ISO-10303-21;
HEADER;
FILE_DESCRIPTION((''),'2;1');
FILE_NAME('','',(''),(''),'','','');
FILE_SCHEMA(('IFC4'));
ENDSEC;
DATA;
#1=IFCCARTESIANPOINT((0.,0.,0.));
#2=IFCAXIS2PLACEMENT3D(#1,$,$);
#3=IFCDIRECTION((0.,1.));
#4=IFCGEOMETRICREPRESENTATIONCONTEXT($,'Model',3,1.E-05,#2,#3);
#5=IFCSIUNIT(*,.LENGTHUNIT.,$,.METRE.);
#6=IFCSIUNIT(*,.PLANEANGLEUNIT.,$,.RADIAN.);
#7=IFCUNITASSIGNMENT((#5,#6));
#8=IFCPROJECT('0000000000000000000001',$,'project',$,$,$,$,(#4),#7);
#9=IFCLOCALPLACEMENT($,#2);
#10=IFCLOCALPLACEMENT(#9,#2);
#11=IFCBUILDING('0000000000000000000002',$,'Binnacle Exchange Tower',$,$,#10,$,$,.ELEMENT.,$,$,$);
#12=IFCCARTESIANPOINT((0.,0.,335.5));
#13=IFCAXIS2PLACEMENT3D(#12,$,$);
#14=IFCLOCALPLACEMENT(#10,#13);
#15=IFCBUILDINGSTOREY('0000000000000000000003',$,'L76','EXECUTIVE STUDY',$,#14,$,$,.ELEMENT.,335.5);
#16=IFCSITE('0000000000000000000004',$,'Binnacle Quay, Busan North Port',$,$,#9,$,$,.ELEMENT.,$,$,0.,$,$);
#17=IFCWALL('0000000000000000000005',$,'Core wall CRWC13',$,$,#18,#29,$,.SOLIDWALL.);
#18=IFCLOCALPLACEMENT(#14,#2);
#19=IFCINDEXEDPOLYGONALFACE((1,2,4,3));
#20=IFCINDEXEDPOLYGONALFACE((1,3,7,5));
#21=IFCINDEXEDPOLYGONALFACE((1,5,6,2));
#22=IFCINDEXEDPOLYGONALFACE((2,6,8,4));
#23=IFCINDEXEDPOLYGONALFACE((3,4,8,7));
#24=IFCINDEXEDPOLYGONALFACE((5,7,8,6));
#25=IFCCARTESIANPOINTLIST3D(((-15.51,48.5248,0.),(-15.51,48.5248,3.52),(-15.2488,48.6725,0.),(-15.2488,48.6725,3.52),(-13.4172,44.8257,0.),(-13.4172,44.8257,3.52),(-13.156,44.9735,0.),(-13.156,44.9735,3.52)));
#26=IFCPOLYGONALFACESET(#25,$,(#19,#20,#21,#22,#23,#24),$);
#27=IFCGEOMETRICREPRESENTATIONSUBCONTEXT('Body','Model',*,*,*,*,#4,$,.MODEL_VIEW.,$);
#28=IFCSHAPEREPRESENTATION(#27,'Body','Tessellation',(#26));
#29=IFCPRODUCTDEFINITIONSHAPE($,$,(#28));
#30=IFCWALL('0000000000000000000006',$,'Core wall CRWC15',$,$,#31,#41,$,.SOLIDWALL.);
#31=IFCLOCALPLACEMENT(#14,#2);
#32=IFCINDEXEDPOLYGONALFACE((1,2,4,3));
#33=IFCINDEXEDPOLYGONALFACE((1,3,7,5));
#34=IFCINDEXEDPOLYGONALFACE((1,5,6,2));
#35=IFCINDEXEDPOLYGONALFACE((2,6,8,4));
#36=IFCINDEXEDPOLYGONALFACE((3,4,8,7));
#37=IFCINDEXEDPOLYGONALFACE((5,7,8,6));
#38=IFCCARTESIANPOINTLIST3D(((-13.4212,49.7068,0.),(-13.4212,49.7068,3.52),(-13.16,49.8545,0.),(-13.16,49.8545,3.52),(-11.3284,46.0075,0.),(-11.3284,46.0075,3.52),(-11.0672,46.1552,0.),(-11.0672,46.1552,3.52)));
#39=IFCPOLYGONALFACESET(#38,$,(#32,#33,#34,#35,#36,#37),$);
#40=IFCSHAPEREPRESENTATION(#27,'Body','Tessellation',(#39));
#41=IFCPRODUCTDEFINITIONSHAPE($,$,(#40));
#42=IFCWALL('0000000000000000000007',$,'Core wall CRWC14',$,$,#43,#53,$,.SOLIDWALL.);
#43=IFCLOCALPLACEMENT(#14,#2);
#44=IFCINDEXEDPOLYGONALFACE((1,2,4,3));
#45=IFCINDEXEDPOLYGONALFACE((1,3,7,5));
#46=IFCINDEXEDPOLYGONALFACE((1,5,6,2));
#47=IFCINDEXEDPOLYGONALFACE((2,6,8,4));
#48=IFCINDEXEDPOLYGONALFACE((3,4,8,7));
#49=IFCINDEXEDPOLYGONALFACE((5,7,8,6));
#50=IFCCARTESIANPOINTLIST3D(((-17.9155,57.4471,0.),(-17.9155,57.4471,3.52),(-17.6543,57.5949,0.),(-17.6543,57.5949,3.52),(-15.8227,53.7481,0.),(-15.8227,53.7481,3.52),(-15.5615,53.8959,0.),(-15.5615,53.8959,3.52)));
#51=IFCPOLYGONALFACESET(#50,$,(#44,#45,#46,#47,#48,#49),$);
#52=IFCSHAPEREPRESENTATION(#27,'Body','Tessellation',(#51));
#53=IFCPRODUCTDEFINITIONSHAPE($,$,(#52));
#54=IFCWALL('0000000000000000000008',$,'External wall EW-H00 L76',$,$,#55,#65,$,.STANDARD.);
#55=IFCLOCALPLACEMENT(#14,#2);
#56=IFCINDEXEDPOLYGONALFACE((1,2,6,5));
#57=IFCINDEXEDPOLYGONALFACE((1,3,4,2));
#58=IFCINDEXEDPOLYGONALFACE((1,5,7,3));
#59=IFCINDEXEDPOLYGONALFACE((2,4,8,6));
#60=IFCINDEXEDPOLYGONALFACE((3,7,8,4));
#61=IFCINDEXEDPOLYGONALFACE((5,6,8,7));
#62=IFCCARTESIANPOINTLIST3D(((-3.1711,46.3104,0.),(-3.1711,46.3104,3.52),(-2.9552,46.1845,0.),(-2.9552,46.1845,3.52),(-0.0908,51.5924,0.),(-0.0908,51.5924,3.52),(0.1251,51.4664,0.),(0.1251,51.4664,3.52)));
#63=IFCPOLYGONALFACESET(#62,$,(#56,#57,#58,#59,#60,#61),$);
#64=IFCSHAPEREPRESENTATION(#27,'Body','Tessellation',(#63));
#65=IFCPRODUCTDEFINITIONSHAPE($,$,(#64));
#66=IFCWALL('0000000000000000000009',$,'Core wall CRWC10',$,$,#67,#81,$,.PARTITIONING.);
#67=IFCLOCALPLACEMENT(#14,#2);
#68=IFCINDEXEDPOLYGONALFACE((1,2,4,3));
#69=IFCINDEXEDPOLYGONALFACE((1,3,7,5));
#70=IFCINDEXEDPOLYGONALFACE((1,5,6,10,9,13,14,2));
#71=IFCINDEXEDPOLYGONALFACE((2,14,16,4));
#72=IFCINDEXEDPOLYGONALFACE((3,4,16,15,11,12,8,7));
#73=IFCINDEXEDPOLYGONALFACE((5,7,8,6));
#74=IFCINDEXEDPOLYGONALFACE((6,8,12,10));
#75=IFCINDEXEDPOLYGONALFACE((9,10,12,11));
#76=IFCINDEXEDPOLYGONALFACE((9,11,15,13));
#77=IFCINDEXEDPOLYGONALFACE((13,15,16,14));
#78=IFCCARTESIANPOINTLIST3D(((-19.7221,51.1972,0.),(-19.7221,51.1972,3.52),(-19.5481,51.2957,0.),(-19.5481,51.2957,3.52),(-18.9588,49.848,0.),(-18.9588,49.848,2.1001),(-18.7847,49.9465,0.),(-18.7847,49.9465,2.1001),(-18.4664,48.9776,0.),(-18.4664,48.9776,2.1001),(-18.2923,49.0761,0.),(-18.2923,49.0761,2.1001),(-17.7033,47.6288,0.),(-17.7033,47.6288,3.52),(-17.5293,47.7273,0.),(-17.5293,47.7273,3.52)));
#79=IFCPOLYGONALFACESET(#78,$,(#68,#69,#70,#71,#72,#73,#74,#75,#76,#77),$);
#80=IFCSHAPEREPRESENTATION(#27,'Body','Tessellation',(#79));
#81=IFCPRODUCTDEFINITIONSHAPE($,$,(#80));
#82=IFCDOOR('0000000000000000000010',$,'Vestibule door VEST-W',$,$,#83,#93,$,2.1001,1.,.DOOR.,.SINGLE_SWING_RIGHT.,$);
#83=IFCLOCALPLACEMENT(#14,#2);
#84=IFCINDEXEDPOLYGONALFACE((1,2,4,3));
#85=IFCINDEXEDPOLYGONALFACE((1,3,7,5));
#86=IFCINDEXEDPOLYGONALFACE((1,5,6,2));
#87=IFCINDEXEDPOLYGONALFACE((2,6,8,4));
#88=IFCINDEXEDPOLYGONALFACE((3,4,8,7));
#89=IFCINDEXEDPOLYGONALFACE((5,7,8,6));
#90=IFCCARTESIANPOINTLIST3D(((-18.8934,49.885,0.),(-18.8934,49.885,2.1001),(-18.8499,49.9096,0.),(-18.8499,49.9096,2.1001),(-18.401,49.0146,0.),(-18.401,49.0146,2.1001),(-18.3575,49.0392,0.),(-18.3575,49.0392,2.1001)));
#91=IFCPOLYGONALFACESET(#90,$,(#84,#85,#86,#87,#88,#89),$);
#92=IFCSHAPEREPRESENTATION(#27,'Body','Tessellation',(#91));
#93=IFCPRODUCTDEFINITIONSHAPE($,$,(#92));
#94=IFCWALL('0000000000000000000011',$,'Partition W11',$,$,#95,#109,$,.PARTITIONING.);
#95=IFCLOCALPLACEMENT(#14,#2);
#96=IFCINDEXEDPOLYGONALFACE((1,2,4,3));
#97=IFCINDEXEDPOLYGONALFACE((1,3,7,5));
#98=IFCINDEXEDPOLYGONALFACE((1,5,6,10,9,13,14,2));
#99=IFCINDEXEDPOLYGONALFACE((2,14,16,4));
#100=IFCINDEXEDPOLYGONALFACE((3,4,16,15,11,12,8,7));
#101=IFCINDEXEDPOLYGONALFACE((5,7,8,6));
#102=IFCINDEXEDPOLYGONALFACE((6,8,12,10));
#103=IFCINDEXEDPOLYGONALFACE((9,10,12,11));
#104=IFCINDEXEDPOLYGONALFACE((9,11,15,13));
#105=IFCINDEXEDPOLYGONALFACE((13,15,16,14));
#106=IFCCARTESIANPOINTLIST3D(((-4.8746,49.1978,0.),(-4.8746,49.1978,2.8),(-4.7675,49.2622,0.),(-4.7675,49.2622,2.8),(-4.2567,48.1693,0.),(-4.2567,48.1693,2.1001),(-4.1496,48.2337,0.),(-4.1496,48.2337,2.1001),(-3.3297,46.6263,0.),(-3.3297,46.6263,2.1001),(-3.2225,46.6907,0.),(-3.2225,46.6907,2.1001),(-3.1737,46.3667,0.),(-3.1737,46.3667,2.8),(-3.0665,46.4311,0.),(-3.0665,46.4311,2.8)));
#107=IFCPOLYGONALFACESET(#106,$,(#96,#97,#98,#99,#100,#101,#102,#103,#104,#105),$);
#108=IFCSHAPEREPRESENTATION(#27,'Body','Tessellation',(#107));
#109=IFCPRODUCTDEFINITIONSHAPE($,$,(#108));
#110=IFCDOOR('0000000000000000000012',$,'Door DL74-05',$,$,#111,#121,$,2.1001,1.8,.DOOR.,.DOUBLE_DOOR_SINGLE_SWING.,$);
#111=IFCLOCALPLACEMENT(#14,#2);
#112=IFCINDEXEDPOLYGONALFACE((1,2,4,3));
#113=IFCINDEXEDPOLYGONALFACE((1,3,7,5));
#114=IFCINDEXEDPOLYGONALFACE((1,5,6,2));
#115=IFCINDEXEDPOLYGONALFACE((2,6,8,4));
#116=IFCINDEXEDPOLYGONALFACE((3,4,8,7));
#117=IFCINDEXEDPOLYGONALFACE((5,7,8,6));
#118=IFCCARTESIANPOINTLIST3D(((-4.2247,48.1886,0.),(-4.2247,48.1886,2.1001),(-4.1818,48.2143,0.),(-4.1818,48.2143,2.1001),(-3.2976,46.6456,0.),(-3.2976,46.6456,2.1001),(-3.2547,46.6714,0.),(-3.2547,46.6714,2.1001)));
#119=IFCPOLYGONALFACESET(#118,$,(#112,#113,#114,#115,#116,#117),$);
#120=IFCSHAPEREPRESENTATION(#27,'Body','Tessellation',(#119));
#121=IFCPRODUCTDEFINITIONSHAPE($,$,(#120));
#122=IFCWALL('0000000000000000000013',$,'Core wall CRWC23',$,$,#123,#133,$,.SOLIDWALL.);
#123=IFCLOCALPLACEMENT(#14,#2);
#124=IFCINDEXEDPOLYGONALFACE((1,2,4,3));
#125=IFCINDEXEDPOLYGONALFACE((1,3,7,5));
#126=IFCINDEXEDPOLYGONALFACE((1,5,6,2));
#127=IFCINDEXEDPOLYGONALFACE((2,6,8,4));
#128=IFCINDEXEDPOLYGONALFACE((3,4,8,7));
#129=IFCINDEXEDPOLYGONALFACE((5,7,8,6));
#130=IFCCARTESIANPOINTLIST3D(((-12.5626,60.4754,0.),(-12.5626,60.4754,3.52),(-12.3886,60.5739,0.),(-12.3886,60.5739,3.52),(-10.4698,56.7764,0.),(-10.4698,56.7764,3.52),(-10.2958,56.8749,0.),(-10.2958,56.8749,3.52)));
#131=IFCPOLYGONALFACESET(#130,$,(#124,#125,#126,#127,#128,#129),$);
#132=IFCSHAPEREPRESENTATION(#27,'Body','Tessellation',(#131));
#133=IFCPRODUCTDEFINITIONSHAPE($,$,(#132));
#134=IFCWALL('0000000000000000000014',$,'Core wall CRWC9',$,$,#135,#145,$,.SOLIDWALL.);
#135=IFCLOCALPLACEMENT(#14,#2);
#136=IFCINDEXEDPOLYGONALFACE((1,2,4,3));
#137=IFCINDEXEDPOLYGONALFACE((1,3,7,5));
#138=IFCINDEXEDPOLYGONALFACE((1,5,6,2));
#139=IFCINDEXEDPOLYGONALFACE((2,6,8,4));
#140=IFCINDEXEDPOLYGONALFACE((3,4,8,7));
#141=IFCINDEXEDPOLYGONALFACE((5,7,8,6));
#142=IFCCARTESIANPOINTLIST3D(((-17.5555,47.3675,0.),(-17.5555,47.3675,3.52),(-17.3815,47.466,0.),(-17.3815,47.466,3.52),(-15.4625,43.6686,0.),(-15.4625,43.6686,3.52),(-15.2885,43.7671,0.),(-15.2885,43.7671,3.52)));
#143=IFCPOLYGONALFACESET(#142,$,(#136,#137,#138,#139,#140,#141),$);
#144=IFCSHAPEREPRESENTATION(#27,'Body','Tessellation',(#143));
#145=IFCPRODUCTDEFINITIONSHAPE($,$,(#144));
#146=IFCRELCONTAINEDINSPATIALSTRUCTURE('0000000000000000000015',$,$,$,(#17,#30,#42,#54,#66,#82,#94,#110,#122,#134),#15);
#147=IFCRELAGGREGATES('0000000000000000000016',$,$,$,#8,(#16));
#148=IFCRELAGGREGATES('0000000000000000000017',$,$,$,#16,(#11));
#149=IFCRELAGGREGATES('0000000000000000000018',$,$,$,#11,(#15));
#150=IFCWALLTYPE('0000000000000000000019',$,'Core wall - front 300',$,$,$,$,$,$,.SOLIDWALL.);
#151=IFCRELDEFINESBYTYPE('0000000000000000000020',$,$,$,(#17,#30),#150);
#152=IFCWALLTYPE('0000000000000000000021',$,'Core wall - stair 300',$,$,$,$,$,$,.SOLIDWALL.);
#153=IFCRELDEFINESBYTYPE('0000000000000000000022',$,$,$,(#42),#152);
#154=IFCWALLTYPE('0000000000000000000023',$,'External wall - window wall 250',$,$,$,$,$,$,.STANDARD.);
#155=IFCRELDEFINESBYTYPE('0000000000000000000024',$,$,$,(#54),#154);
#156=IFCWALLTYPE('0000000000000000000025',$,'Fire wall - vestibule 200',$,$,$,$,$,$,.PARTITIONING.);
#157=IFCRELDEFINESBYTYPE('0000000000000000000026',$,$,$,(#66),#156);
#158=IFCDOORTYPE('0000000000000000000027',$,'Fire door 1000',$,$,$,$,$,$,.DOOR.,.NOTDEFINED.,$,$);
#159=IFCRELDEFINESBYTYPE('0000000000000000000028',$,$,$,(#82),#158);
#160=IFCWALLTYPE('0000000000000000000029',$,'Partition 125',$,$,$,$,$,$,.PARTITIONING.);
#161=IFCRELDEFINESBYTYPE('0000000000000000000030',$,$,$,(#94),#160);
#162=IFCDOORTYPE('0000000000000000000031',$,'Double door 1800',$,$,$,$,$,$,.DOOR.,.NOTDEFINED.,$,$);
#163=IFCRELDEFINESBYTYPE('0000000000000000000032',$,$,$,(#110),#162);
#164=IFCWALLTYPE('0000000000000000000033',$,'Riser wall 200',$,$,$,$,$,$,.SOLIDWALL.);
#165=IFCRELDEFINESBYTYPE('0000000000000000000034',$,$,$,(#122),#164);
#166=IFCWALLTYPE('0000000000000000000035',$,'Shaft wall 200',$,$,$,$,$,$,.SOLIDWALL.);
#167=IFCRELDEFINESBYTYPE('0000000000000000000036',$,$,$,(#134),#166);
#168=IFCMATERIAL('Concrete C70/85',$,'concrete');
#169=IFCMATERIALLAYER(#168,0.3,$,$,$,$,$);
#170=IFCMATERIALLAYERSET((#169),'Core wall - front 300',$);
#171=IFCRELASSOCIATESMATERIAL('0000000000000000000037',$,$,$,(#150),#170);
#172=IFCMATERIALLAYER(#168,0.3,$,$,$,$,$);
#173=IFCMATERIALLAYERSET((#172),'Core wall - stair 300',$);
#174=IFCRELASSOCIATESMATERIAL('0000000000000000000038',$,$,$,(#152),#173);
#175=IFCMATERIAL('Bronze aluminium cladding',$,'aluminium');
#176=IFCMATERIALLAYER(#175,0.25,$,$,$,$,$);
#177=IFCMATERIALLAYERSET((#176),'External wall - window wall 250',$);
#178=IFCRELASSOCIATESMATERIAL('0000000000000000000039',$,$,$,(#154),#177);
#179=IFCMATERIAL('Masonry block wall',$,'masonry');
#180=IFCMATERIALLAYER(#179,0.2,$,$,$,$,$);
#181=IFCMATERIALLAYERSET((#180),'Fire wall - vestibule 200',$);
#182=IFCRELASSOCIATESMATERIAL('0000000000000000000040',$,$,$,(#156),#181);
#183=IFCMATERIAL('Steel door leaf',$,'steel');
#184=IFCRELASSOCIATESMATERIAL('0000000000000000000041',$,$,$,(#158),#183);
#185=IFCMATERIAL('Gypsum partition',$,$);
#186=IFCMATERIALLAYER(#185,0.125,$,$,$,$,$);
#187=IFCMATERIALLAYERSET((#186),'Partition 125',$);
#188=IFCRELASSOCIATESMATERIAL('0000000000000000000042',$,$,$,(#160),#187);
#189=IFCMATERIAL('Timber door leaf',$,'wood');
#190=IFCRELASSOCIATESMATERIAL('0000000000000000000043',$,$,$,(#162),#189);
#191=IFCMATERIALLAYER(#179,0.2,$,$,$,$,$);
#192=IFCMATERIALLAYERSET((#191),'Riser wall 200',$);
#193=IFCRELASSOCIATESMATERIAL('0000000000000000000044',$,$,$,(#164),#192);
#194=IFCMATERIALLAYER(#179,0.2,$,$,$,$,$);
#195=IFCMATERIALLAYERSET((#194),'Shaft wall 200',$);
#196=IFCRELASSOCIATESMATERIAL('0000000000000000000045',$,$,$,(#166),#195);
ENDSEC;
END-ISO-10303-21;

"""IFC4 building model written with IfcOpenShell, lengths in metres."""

from ifc_helpers import new_model, si_unit, direction, frame, frame_2d, origin, place, context, subcontext, project, spatial, rectangle, extrude, material, layer, layer_set, type_object, element, fill, save


model = new_model("IFC4")

# Units and contexts
model_context = context("Model", 3, precision=1e-05, world=origin(), true_north=direction((0.0, 1.0)))
body_context = subcontext(model_context, "Body", "Model", "MODEL_VIEW")
ifc_project = project(units=[si_unit("LENGTHUNIT", "METRE"), si_unit("PLANEANGLEUNIT", "RADIAN")], contexts=[model_context])

# Site, building, storey
site_placement = place(None, origin())
site = spatial("IfcSite", under=ifc_project, at=site_placement, Name="Binnacle Quay, Busan North Port", CompositionType="ELEMENT", RefElevation=0.0)
building_placement = place(site_placement, origin())
building = spatial("IfcBuilding", under=site, at=building_placement, Name="Binnacle Exchange Tower", CompositionType="ELEMENT")
storey_placement = place(building_placement, frame((0.0, 0.0, 335.5)))
storey = spatial("IfcBuildingStorey", under=building, at=storey_placement, Name="L76", Description="EXECUTIVE STUDY", CompositionType="ELEMENT", Elevation=335.5)

# Shared definitions
ifc_material_1 = material(Name="Concrete C70/85", Category="concrete")
ifc_layer_1 = layer(ifc_material_1, 0.3)
ifc_layer_set_1 = layer_set([ifc_layer_1], Name="Core wall - front 300")
wall_type_1 = type_object("IfcWallType", Name="Core wall - front 300", PredefinedType="SOLIDWALL", material=ifc_layer_set_1)
ifc_material_2 = material(Name="Steel door leaf", Category="steel")

# Walls
wall_1_placement = place(storey_placement, frame((-15.3794, 48.5986, 0.0), z_axis=(0.0, 0.0, 1.0), x_axis=(0.492423, -0.870356, 0.0)))
element("IfcWall", 1, at=wall_1_placement, inside=storey, type_object=wall_type_1, Name="Core wall CRWC13", PredefinedType="SOLIDWALL", context=body_context, shape_type="SweptSolid", body=[
    extrude(rectangle(XDim=4.25, YDim=0.3, at=frame_2d((2.125, 0.0))), origin(), (0.0, 0.0, 1.0), 3.52),
])
wall_2_placement = place(storey_placement, frame((-13.2905, 49.7805, 0.0), z_axis=(0.0, 0.0, 1.0), x_axis=(0.492398, -0.87037, 0.0)))
element("IfcWall", 2, at=wall_2_placement, inside=storey, type_object=wall_type_1, Name="Core wall CRWC15", PredefinedType="SOLIDWALL", context=body_context, shape_type="SweptSolid", body=[
    extrude(rectangle(XDim=4.2502, YDim=0.3, at=frame_2d((2.125, 0.0))), origin(), (0.0, 0.0, 1.0), 3.52),
])
ifc_layer_2 = layer(ifc_material_1, 0.3)
ifc_layer_set_2 = layer_set([ifc_layer_2], Name="Core wall - stair 300")
wall_type_2 = type_object("IfcWallType", Name="Core wall - stair 300", PredefinedType="SOLIDWALL", material=ifc_layer_set_2)
wall_3_placement = place(storey_placement, frame((-17.7849, 57.521, 0.0), z_axis=(0.0, 0.0, 1.0), x_axis=(0.492423, -0.870356, 0.0)))
element("IfcWall", 3, at=wall_3_placement, inside=storey, type_object=wall_type_2, Name="Core wall CRWC14", PredefinedType="SOLIDWALL", context=body_context, shape_type="SweptSolid", body=[
    extrude(rectangle(XDim=4.25, YDim=0.3, at=frame_2d((2.125, 0.0))), origin(), (0.0, 0.0, 1.0), 3.52),
])
ifc_material_3 = material(Name="Bronze aluminium cladding", Category="aluminium")
ifc_layer_3 = layer(ifc_material_3, 0.25)
ifc_layer_set_3 = layer_set([ifc_layer_3], Name="External wall - window wall 250")
wall_type_3 = type_object("IfcWallType", Name="External wall - window wall 250", PredefinedType="STANDARD", material=ifc_layer_set_3)
wall_4_placement = place(storey_placement, frame((0.0171, 51.5293, 0.0), z_axis=(0.0, 0.0, 1.0), x_axis=(-0.503769, -0.863838, 0.0)))
element("IfcWall", 4, at=wall_4_placement, inside=storey, type_object=wall_type_3, Name="External wall EW-H00 L76", PredefinedType="STANDARD", context=body_context, shape_type="SweptSolid", body=[
    extrude(rectangle(XDim=6.1145, YDim=0.25, at=frame_2d((3.0571, 0.0))), origin(), (0.0, 0.0, 1.0), 3.52),
])

# Walls, openings, doors
ifc_material_4 = material(Name="Masonry block wall", Category="masonry")
ifc_layer_4 = layer(ifc_material_4, 0.2)
ifc_layer_set_4 = layer_set([ifc_layer_4], Name="Fire wall - vestibule 200")
wall_type_4 = type_object("IfcWallType", Name="Fire wall - vestibule 200", PredefinedType="PARTITIONING", material=ifc_layer_set_4)
wall_5_placement = place(storey_placement, frame((-19.635, 51.2463, 0.0), z_axis=(0.0, 0.0, 1.0), x_axis=(0.492408, -0.870364, 0.0)))
wall_5 = element("IfcWall", 5, at=wall_5_placement, inside=storey, type_object=wall_type_4, Name="Core wall CRWC10", PredefinedType="PARTITIONING", context=body_context, shape_type="SweptSolid", body=[
    extrude(rectangle(XDim=4.0999, YDim=0.2, at=frame_2d((2.0498, 0.0))), origin(), (0.0, 0.0, 1.0), 3.52),
])
opening_1_placement = place(wall_5_placement, frame((1.55, 0.0, 0.0)))
opening_1 = element("IfcOpeningElement", 6, at=opening_1_placement, cuts=wall_5, PredefinedType="OPENING", context=body_context, shape_type="SweptSolid", body=[
    extrude(rectangle(XDim=1.0, YDim=2.1001, at=frame_2d((0.5, 1.05))), frame((0.0, 0.1099, 0.0), z_axis=(0.0, -1.0, 0.0), x_axis=(1.0, 0.0, 0.0)), (0.0, 0.0, 1.0), 0.22),
])
door_type_1 = type_object("IfcDoorType", Name="Fire door 1000", OperationType="NOTDEFINED", PredefinedType="DOOR", material=ifc_material_2)
door_1_placement = place(opening_1_placement, frame((1.0, 0.0, 0.0), z_axis=(0.0, 0.0, 1.0), x_axis=(-1.0, 0.0, 0.0)))
door_1 = element("IfcDoor", 7, at=door_1_placement, inside=storey, type_object=door_type_1, Name="Vestibule door VEST-W", OperationType="SINGLE_SWING_RIGHT", OverallHeight=2.1001, OverallWidth=1.0, PredefinedType="DOOR", context=body_context, shape_type="SweptSolid", body=[
    extrude(rectangle(XDim=1.0, YDim=2.1001, at=frame_2d((0.5, 1.05))), frame((0.0, 0.0249, 0.0), z_axis=(0.0, -1.0, 0.0), x_axis=(1.0, 0.0, 0.0)), (0.0, 0.0, 1.0), 0.05),
])
fill(opening_1, door_1)
ifc_material_5 = material(Name="Gypsum partition")
ifc_layer_5 = layer(ifc_material_5, 0.125)
ifc_layer_set_5 = layer_set([ifc_layer_5], Name="Partition 125")
wall_type_5 = type_object("IfcWallType", Name="Partition 125", PredefinedType="PARTITIONING", material=ifc_layer_set_5)
wall_6_placement = place(storey_placement, frame((-4.821, 49.23, 0.0), z_axis=(0.0, 0.0, 1.0), x_axis=(0.515007, -0.857186, 0.0)))
wall_6 = element("IfcWall", 8, at=wall_6_placement, inside=storey, type_object=wall_type_5, Name="Partition W11", PredefinedType="PARTITIONING", context=body_context, shape_type="SweptSolid", body=[
    extrude(rectangle(XDim=3.3027, YDim=0.125, at=frame_2d((1.6514, 0.0))), origin(), (0.0, 0.0, 1.0), 2.8),
])
opening_2_placement = place(wall_6_placement, frame((1.2, 0.0, 0.0)))
opening_2 = element("IfcOpeningElement", 9, at=opening_2_placement, cuts=wall_6, PredefinedType="OPENING", context=body_context, shape_type="SweptSolid", body=[
    extrude(rectangle(XDim=1.8, YDim=2.1001, at=frame_2d((0.8999, 1.05))), frame((0.0, 0.0725, 0.0), z_axis=(0.0, -1.0, 0.0), x_axis=(1.0, 0.0, 0.0)), (0.0, 0.0, 1.0), 0.145),
])
ifc_material_6 = material(Name="Timber door leaf", Category="wood")
door_type_2 = type_object("IfcDoorType", Name="Double door 1800", OperationType="NOTDEFINED", PredefinedType="DOOR", material=ifc_material_6)
door_2_placement = place(opening_2_placement, origin())
door_2 = element("IfcDoor", 10, at=door_2_placement, inside=storey, type_object=door_type_2, Name="Door DL74-05", OperationType="DOUBLE_DOOR_SINGLE_SWING", OverallHeight=2.1001, OverallWidth=1.8, PredefinedType="DOOR", context=body_context, shape_type="SweptSolid", body=[
    extrude(rectangle(XDim=1.8, YDim=2.1001, at=frame_2d((0.8999, 1.05))), frame((0.0, 0.0249, 0.0), z_axis=(0.0, -1.0, 0.0), x_axis=(1.0, 0.0, 0.0)), (0.0, 0.0, 1.0), 0.05),
])
fill(opening_2, door_2)

# Walls
ifc_layer_6 = layer(ifc_material_4, 0.2)
ifc_layer_set_6 = layer_set([ifc_layer_6], Name="Riser wall 200")
wall_type_6 = type_object("IfcWallType", Name="Riser wall 200", PredefinedType="SOLIDWALL", material=ifc_layer_set_6)
wall_7_placement = place(storey_placement, frame((-12.4756, 60.5247, 0.0), z_axis=(0.0, 0.0, 1.0), x_axis=(0.492423, -0.870356, 0.0)))
element("IfcWall", 11, at=wall_7_placement, inside=storey, type_object=wall_type_6, Name="Core wall CRWC23", PredefinedType="SOLIDWALL", context=body_context, shape_type="SweptSolid", body=[
    extrude(rectangle(XDim=4.25, YDim=0.2, at=frame_2d((2.125, 0.0))), origin(), (0.0, 0.0, 1.0), 3.52),
])
ifc_layer_7 = layer(ifc_material_4, 0.2)
ifc_layer_set_7 = layer_set([ifc_layer_7], Name="Shaft wall 200")
wall_type_7 = type_object("IfcWallType", Name="Shaft wall 200", PredefinedType="SOLIDWALL", material=ifc_layer_set_7)
wall_8_placement = place(storey_placement, frame((-17.4685, 47.4167, 0.0), z_axis=(0.0, 0.0, 1.0), x_axis=(0.492466, -0.870332, 0.0)))
element("IfcWall", 12, at=wall_8_placement, inside=storey, type_object=wall_type_7, Name="Core wall CRWC9", PredefinedType="SOLIDWALL", context=body_context, shape_type="SweptSolid", body=[
    extrude(rectangle(XDim=4.25, YDim=0.2, at=frame_2d((2.125, 0.0))), origin(), (0.0, 0.0, 1.0), 3.52),
])

save(model, "model.ifc")
